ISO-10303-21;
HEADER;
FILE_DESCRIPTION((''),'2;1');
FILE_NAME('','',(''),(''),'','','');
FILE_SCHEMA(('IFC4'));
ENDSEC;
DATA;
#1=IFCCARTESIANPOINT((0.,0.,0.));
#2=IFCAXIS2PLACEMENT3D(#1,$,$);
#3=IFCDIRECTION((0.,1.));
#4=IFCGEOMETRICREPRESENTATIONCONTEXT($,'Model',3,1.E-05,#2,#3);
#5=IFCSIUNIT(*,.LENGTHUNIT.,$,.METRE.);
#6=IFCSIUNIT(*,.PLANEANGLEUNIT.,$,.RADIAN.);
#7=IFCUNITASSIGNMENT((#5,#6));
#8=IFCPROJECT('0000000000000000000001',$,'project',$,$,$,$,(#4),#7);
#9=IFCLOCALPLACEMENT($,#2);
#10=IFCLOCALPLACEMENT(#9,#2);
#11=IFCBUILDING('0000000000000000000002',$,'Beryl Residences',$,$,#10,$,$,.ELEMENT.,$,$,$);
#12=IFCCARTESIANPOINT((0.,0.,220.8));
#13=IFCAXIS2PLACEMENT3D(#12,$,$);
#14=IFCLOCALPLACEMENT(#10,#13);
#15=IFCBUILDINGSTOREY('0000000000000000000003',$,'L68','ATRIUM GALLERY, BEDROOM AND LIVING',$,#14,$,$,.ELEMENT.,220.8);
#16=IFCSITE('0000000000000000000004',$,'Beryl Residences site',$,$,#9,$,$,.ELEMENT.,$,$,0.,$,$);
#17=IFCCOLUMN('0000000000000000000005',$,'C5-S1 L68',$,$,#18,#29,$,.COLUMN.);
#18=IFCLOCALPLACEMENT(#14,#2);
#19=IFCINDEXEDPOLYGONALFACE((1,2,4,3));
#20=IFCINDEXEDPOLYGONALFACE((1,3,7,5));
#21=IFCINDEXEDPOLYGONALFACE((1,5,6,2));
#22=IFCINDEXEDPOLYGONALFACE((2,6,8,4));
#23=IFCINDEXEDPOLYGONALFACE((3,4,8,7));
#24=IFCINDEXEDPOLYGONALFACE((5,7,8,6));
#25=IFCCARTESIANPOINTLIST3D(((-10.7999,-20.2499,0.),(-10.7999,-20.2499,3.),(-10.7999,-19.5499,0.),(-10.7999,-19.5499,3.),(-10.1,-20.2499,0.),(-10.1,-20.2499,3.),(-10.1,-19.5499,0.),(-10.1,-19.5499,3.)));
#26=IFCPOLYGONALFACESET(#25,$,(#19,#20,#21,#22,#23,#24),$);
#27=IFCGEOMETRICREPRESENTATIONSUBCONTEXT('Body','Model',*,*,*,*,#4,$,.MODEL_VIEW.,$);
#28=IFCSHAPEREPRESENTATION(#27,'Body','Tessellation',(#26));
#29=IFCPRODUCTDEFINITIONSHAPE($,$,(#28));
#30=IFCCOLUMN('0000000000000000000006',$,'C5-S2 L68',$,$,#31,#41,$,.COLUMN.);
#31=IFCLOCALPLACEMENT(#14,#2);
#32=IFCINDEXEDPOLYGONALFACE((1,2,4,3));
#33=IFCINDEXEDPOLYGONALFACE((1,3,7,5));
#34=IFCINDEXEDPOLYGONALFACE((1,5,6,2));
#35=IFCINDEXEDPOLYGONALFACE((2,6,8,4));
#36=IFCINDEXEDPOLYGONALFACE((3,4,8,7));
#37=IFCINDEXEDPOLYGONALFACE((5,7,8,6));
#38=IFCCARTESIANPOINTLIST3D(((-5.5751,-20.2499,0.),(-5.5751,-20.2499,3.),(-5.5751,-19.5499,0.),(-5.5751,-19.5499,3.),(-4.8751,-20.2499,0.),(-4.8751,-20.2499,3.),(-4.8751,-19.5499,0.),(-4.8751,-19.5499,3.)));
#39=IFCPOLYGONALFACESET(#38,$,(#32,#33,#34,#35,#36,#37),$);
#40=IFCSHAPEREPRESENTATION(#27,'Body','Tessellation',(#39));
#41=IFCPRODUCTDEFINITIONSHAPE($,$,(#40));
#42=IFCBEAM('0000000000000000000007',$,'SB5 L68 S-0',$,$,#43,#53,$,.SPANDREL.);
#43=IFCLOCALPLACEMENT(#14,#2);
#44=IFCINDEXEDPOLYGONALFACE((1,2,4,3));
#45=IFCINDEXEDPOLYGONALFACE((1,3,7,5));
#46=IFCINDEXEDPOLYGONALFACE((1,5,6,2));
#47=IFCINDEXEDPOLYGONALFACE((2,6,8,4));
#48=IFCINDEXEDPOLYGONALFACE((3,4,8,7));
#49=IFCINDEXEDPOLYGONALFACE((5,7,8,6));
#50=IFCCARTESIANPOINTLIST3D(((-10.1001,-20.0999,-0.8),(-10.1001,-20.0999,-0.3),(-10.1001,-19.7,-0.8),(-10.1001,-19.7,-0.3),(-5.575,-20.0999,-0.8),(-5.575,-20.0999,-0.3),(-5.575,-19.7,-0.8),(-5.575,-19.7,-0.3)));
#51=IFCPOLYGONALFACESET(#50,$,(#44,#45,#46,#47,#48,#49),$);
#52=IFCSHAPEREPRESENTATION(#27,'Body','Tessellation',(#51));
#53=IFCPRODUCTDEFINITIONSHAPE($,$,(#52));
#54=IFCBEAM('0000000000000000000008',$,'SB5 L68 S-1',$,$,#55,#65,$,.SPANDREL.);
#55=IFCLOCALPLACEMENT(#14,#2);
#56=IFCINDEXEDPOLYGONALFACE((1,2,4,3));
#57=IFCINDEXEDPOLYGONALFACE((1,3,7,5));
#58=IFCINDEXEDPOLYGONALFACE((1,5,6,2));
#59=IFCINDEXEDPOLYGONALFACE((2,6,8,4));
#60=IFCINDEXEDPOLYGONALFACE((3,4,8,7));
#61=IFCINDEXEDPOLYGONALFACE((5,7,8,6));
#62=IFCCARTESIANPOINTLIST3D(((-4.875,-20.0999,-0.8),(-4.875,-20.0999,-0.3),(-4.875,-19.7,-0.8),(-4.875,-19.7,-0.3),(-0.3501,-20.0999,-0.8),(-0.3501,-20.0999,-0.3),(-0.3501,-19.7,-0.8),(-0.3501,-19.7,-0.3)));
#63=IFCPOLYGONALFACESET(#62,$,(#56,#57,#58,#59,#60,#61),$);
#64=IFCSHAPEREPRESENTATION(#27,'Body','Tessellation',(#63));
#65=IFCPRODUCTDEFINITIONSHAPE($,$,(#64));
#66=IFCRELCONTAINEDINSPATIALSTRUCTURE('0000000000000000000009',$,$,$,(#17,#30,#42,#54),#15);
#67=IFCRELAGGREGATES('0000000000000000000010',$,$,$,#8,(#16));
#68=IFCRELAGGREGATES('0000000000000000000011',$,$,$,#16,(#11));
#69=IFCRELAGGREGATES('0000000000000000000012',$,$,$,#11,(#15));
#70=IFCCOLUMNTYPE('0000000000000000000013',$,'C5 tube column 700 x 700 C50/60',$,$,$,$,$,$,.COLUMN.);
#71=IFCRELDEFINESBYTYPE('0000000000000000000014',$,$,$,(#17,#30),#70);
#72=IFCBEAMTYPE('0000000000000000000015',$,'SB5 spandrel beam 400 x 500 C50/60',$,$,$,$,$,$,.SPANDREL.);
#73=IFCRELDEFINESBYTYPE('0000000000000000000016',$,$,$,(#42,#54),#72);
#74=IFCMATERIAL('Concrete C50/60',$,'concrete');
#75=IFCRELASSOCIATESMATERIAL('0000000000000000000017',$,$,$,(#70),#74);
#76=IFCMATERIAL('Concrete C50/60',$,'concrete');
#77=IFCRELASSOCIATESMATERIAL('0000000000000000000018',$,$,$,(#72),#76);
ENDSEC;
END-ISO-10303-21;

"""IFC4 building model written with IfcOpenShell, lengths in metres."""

from ifc_helpers import new_model, si_unit, direction, frame, origin, origin_2d, place, context, subcontext, project, spatial, rectangle, extrude, material, material_profile, profile_set, type_object, element, save


model = new_model("IFC4")

# Units and contexts
model_context = context("Model", 3, precision=1e-05, world=origin(), true_north=direction((0.0, 1.0)))
body_context = subcontext(model_context, "Body", "Model", "MODEL_VIEW")
ifc_project = project(units=[si_unit("LENGTHUNIT", "METRE"), si_unit("PLANEANGLEUNIT", "RADIAN")], contexts=[model_context])

# Site, building, storey
site_placement = place(None, origin())
site = spatial("IfcSite", under=ifc_project, at=site_placement, Name="Beryl Residences site", CompositionType="ELEMENT", RefElevation=0.0)
building_placement = place(site_placement, origin())
building = spatial("IfcBuilding", under=site, at=building_placement, Name="Beryl Residences", CompositionType="ELEMENT")
storey_placement = place(building_placement, frame((0.0, 0.0, 220.8)))
storey = spatial("IfcBuildingStorey", under=building, at=storey_placement, Name="L68", Description="ATRIUM GALLERY, BEDROOM AND LIVING", CompositionType="ELEMENT", Elevation=220.8)

# Columns
ifc_material_1 = material(Name="Concrete C50/60", Category="concrete")
ifc_material_profile_1 = material_profile(ifc_material_1, rectangle(XDim=0.7, YDim=0.7, at=origin_2d()))
ifc_profile_set_1 = profile_set([ifc_material_profile_1], Name="Concrete C50/60")
column_type = type_object("IfcColumnType", Name="C5 tube column 700 x 700 C50/60", PredefinedType="COLUMN", material=ifc_profile_set_1)
for number, where, z_axis, x_axis, name in (
    (1, (-10.45, -19.8999, 0.0), (0.0, 0.0, 1.0), (1.0, 0.0, 0.0), "C5-S1 L68"),
    (2, (-5.2251, -19.8999, 0.0), (0.0, 0.0, 1.0), (1.0, 0.0, 0.0), "C5-S2 L68"),
):
    element("IfcColumn", number, at=place(storey_placement, frame(where, z_axis=z_axis, x_axis=x_axis)), inside=storey, type_object=column_type, Name=name, PredefinedType="COLUMN", context=body_context, shape_type="SweptSolid", body=[
        extrude(rectangle(XDim=0.7, YDim=0.7, at=origin_2d()), origin(), (0.0, 0.0, 1.0), 3.0),
    ])

# Beams
ifc_material_2 = material(Name="Concrete C50/60", Category="concrete")
ifc_material_profile_2 = material_profile(ifc_material_2, rectangle(XDim=0.3999, YDim=0.5, at=origin_2d()))
ifc_profile_set_2 = profile_set([ifc_material_profile_2], Name="Concrete C50/60")
beam_type = type_object("IfcBeamType", Name="SB5 spandrel beam 400 x 500 C50/60", PredefinedType="SPANDREL", material=ifc_profile_set_2)
beam_1_placement = place(storey_placement, frame((-10.1001, -19.8999, -0.55), z_axis=(1.0, 0.0, 0.0), x_axis=(0.0, 1.0, 0.0)))
element("IfcBeam", 3, at=beam_1_placement, inside=storey, type_object=beam_type, Name="SB5 L68 S-0", PredefinedType="SPANDREL", context=body_context, shape_type="SweptSolid", body=[
    extrude(rectangle(XDim=0.3999, YDim=0.5, at=origin_2d()), origin(), (0.0, 0.0, 1.0), 4.5251),
])
beam_2_placement = place(storey_placement, frame((-4.875, -19.8999, -0.55), z_axis=(1.0, 0.0, 0.0), x_axis=(0.0, 1.0, 0.0)))
element("IfcBeam", 4, at=beam_2_placement, inside=storey, type_object=beam_type, Name="SB5 L68 S-1", PredefinedType="SPANDREL", context=body_context, shape_type="SweptSolid", body=[
    extrude(rectangle(XDim=0.3999, YDim=0.5, at=origin_2d()), origin(), (0.0, 0.0, 1.0), 4.5249),
])

save(model, "model.ifc")
